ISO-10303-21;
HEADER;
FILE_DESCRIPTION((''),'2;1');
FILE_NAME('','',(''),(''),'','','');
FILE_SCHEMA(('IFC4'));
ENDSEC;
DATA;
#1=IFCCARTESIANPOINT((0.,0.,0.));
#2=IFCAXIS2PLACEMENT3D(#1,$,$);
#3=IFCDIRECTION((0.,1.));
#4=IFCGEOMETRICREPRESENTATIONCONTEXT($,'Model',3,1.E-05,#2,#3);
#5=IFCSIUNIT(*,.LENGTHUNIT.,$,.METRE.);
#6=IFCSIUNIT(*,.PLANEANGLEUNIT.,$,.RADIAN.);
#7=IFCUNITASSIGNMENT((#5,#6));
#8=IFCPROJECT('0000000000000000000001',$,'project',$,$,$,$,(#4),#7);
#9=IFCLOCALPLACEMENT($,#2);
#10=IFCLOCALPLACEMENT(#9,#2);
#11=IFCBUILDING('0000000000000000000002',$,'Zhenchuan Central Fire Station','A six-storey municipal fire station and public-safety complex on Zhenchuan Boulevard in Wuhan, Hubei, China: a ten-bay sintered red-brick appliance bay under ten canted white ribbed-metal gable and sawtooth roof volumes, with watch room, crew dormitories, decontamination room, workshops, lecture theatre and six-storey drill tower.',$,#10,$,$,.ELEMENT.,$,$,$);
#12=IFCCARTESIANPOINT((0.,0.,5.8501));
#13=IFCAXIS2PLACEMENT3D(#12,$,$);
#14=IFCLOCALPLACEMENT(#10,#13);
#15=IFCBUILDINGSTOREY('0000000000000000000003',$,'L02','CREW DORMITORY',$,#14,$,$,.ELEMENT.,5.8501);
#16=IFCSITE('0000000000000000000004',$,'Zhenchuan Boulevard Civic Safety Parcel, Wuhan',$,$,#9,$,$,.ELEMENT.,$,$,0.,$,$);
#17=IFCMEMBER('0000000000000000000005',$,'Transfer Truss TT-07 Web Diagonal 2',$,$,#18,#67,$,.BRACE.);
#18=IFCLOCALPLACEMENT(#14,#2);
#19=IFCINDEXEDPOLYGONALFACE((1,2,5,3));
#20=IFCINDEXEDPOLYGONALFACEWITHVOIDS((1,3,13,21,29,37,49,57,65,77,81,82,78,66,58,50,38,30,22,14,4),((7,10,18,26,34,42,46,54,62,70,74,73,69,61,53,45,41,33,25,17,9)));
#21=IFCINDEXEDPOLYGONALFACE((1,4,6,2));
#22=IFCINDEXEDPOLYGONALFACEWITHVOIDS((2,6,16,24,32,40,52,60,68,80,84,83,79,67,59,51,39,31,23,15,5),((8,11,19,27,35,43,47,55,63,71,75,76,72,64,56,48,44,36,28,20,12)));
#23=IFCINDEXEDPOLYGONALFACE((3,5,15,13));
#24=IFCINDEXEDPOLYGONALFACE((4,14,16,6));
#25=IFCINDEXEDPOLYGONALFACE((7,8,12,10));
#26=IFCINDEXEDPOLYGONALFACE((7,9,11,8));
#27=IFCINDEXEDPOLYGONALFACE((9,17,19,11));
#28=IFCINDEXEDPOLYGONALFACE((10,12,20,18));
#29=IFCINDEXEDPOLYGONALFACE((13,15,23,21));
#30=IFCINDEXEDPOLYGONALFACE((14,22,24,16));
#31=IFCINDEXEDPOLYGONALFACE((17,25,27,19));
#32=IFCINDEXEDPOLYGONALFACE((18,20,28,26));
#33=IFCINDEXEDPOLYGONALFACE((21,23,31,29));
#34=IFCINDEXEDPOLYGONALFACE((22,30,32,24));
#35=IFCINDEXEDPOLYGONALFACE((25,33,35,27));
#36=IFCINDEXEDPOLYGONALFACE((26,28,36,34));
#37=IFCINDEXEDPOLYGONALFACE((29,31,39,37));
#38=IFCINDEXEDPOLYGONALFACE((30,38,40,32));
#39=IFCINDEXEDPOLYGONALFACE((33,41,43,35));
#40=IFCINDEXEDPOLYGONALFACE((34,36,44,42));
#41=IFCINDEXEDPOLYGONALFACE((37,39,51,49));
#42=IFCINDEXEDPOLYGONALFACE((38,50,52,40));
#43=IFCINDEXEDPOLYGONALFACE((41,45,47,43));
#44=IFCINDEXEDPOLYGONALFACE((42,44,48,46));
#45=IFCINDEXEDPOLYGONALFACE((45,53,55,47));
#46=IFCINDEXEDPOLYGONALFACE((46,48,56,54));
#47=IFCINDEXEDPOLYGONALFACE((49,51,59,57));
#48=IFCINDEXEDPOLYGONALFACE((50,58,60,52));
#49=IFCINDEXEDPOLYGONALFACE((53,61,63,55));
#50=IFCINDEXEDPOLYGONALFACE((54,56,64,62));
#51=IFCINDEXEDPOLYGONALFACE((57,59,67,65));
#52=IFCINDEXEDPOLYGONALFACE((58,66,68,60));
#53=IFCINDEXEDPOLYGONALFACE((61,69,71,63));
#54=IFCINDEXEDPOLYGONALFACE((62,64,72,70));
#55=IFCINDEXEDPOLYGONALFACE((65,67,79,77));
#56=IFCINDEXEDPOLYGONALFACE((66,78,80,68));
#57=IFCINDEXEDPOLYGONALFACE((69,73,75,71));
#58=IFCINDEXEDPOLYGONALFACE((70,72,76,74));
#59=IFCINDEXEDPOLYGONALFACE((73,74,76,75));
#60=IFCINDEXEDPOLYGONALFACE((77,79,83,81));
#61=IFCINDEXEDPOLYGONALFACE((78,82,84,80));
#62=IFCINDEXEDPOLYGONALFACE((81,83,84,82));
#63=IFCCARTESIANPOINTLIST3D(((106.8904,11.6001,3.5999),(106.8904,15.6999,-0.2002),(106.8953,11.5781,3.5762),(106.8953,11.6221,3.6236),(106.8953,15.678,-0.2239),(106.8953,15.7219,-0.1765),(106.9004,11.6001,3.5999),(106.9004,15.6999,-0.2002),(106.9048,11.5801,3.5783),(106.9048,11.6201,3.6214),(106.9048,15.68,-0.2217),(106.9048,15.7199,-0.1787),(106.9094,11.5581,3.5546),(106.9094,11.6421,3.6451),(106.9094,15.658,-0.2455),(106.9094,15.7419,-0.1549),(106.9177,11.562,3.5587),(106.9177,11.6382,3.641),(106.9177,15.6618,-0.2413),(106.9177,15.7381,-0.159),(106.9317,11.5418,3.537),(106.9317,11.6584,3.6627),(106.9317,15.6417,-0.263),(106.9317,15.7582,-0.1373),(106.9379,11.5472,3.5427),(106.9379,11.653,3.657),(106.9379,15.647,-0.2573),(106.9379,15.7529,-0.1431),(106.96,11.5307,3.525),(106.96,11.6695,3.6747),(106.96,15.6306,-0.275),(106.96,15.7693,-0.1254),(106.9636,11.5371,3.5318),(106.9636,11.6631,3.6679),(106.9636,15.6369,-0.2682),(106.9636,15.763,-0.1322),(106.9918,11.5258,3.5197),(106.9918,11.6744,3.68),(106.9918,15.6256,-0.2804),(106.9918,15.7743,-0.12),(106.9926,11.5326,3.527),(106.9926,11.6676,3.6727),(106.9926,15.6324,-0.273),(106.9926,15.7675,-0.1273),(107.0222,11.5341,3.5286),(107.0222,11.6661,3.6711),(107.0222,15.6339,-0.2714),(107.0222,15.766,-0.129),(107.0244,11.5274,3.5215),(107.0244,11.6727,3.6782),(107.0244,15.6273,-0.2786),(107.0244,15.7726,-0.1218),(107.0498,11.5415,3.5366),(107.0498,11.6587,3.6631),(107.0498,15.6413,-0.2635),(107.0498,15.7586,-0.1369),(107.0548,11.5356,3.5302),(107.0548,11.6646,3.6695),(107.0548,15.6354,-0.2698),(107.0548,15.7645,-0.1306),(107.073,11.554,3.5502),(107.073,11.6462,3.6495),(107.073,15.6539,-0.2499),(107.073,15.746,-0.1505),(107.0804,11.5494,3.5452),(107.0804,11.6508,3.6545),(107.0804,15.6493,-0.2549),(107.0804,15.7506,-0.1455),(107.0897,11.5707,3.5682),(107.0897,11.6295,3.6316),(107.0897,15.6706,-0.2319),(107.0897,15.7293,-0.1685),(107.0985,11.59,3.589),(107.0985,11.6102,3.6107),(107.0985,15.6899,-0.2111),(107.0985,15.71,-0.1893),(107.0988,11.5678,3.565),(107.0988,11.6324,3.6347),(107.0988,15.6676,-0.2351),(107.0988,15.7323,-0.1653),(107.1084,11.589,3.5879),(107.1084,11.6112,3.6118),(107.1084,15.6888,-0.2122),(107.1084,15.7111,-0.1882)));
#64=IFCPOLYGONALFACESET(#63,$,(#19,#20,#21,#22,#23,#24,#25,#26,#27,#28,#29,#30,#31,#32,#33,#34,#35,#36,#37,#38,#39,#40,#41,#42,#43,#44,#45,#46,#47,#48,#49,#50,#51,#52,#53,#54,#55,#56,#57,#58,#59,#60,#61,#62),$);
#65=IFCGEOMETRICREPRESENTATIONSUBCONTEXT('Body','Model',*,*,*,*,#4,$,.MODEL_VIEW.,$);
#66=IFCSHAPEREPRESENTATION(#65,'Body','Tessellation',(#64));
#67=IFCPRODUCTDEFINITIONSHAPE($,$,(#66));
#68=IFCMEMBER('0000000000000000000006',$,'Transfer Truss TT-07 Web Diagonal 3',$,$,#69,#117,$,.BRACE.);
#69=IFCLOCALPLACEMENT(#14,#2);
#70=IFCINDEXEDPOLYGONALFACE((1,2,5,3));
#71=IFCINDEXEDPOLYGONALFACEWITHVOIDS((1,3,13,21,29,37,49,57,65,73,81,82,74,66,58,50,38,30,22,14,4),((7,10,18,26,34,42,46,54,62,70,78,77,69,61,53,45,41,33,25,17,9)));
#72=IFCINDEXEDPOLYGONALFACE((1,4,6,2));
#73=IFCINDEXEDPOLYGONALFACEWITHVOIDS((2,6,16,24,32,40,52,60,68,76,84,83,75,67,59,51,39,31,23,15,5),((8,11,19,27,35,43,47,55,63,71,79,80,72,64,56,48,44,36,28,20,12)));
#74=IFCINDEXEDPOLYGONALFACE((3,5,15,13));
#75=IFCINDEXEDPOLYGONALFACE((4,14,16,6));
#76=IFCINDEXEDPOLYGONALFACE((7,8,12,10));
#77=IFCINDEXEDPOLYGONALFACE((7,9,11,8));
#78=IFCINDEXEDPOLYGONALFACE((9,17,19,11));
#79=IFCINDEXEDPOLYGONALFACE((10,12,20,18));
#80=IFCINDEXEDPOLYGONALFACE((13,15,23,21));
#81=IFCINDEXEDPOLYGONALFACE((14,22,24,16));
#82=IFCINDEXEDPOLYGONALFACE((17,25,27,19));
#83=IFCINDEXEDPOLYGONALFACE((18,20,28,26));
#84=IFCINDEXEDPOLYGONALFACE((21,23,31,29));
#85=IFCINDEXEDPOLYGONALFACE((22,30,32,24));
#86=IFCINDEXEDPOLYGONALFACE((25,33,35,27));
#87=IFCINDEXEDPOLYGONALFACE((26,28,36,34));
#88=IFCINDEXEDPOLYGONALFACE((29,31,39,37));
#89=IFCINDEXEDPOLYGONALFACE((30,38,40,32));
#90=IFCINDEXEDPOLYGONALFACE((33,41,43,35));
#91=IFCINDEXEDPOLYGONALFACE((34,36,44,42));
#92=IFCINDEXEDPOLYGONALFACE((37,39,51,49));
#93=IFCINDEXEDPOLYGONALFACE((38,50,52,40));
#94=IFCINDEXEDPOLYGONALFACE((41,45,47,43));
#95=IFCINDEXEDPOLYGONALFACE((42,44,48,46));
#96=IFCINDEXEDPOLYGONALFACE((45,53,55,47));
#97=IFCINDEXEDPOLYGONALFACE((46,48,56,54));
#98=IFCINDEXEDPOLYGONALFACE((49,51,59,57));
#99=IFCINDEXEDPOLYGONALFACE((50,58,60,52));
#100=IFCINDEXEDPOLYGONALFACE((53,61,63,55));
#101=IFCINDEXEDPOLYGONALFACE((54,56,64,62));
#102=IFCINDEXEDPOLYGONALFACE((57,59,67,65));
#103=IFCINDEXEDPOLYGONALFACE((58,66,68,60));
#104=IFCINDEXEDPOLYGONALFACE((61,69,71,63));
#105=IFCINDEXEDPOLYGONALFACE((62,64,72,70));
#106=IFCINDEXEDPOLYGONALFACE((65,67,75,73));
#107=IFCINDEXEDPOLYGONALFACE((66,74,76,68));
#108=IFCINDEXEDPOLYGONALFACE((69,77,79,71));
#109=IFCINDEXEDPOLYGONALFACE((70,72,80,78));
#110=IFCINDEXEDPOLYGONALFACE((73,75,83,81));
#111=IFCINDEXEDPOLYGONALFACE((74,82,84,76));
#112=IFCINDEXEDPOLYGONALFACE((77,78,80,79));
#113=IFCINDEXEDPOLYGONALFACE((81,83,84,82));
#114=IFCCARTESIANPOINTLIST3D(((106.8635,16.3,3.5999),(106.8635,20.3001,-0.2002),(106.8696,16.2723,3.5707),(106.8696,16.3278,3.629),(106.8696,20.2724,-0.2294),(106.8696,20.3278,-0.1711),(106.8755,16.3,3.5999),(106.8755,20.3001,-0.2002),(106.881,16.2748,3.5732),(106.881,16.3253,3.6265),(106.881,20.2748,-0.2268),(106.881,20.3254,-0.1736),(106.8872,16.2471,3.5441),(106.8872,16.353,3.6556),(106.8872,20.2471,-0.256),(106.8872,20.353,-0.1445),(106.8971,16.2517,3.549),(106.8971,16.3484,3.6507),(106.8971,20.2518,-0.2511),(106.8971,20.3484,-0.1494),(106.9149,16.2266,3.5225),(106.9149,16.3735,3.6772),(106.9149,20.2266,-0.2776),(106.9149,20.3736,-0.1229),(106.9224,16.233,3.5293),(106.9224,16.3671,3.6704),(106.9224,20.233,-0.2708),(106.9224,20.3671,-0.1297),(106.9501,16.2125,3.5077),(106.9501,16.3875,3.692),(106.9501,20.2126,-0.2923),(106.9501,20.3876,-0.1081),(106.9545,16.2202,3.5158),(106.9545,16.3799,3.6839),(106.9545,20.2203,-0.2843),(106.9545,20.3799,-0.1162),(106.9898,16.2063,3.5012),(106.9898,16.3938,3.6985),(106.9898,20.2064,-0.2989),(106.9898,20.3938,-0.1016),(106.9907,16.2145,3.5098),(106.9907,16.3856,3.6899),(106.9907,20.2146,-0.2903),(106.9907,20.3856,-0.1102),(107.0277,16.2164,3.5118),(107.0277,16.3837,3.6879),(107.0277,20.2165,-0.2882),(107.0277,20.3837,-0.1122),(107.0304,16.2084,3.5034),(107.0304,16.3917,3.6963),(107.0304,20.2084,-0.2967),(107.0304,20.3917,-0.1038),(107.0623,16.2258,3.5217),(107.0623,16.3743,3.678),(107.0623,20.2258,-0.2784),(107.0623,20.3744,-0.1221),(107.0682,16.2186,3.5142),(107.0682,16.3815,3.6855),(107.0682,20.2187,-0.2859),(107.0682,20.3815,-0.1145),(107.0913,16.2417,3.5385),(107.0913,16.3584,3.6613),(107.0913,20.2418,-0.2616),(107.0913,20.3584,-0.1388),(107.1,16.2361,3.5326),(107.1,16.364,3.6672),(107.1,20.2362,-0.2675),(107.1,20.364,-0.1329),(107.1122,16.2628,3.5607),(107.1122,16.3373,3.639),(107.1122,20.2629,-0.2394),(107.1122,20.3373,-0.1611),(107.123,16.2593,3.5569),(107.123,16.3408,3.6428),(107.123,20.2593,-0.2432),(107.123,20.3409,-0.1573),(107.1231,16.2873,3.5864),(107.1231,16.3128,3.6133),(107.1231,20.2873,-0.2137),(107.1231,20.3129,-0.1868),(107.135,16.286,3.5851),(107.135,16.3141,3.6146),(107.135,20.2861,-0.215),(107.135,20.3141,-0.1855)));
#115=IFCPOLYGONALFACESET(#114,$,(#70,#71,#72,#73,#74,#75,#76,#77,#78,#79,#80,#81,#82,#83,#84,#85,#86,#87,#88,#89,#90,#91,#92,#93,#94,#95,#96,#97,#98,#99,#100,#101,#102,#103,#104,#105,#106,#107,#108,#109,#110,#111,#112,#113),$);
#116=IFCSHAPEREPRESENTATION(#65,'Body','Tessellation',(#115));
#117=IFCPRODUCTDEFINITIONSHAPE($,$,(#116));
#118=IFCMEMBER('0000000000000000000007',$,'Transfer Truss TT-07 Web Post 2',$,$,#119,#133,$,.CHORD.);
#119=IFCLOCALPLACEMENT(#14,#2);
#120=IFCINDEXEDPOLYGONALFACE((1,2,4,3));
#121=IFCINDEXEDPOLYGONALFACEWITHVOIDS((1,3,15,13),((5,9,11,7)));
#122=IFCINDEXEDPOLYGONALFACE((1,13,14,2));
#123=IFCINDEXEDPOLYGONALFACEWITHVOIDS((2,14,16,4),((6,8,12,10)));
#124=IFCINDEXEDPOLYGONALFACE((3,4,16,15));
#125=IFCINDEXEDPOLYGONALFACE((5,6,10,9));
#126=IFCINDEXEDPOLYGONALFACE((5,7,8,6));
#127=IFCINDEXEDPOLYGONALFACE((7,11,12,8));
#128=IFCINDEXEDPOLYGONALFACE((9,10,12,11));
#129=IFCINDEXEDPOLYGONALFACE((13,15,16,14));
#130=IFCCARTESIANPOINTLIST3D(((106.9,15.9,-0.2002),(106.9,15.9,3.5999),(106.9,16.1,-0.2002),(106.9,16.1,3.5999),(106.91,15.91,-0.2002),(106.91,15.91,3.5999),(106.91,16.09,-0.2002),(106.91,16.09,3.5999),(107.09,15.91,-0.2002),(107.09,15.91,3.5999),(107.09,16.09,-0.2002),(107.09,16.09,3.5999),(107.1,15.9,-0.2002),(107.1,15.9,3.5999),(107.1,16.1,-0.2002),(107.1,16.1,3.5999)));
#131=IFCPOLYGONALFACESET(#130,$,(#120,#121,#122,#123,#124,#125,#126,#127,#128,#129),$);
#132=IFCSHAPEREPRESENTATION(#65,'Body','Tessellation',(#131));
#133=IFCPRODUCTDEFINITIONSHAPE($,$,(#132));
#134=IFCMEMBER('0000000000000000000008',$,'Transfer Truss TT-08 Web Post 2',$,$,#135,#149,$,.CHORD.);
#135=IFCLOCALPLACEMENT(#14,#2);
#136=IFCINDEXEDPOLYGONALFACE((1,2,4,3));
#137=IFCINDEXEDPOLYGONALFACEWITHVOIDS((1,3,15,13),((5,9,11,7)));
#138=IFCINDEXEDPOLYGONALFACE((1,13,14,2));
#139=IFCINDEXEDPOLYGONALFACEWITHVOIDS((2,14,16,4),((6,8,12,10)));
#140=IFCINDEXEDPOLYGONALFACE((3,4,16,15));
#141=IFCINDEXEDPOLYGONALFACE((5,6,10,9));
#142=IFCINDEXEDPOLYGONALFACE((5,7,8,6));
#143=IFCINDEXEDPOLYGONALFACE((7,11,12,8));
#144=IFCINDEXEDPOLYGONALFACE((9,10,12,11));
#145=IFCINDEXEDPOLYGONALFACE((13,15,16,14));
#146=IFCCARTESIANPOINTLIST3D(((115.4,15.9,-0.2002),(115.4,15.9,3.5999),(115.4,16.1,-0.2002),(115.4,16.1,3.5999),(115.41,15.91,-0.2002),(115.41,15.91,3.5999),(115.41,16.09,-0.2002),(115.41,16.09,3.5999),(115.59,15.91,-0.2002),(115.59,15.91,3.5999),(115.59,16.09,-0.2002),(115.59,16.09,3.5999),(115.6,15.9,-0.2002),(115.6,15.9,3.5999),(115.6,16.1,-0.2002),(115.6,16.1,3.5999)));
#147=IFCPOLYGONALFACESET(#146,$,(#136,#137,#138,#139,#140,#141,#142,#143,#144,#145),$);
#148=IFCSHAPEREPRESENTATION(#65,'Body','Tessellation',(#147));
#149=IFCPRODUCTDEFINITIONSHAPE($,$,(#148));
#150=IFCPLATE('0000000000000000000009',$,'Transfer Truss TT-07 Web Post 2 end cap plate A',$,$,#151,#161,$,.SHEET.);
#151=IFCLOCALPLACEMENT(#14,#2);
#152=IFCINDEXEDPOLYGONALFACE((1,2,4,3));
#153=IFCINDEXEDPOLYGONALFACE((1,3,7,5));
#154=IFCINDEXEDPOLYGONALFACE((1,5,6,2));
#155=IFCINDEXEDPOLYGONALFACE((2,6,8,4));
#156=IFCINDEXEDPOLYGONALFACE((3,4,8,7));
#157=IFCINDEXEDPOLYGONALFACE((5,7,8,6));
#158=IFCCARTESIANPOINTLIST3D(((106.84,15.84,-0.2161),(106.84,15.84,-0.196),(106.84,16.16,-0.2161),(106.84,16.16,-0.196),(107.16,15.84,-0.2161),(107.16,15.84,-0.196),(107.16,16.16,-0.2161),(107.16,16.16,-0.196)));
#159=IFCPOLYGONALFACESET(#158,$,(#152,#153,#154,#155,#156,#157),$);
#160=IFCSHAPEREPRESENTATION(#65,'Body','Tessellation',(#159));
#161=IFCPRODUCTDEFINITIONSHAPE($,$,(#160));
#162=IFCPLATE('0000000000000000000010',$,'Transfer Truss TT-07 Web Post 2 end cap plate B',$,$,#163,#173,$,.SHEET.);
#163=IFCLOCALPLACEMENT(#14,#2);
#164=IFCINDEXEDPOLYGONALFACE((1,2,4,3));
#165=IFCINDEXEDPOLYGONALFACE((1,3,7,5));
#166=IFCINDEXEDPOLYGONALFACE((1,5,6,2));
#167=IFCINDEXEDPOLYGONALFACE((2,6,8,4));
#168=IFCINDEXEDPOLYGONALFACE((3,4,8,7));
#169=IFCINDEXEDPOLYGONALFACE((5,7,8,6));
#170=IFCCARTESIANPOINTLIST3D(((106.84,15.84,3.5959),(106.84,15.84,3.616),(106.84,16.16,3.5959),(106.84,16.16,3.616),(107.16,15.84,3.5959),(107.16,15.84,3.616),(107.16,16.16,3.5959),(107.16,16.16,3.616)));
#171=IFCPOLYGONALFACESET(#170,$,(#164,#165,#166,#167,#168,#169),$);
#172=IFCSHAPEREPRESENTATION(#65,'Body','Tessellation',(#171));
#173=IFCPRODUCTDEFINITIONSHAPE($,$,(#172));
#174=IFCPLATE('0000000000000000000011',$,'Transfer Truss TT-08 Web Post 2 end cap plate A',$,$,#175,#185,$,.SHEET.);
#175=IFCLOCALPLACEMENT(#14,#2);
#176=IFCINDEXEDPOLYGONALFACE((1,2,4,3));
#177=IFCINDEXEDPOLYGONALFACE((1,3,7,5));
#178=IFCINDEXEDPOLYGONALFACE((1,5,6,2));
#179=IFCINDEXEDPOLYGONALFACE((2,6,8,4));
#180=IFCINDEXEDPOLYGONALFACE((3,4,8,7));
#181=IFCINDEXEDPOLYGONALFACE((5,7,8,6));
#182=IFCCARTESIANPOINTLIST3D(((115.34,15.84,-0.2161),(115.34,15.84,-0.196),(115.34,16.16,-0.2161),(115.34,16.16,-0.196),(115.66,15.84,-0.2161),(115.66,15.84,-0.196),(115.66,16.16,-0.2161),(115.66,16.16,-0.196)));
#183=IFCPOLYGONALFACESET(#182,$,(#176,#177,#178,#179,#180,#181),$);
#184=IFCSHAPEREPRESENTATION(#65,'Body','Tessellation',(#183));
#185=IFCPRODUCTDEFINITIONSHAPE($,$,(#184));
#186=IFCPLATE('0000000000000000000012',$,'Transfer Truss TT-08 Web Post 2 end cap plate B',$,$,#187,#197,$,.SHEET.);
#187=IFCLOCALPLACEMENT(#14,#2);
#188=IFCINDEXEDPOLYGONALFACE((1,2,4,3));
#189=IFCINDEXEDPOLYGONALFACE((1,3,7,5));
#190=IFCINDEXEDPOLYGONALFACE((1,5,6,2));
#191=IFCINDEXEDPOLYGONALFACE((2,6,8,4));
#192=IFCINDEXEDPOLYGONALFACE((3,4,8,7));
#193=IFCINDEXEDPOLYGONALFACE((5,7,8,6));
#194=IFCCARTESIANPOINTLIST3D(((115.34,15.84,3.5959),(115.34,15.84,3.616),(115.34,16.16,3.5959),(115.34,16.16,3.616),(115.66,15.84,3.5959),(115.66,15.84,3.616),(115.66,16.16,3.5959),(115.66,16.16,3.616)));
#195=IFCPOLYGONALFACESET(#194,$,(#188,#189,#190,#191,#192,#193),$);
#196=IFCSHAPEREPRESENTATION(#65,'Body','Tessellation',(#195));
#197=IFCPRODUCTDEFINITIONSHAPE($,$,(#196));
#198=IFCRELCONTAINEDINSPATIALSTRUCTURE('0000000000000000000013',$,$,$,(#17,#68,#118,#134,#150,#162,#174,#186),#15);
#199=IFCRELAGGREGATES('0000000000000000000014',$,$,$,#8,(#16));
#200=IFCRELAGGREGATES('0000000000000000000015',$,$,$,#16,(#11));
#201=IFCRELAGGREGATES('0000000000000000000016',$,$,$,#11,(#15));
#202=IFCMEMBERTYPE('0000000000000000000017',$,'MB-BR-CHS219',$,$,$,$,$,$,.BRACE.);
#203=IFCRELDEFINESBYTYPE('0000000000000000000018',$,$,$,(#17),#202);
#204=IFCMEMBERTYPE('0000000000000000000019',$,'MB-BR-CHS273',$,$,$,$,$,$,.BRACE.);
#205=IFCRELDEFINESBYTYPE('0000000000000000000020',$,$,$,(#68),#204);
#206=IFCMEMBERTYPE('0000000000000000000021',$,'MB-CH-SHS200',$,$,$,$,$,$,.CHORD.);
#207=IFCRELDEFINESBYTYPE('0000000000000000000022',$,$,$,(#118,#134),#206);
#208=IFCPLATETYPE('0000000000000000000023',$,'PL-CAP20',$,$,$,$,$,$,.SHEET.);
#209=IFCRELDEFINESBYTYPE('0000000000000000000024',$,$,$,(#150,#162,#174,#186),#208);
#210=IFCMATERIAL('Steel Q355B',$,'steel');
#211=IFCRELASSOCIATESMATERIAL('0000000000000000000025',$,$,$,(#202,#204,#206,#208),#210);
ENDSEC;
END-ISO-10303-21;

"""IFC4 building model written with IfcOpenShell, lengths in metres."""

from ifc_helpers import new_model, si_unit, direction, frame, origin, origin_2d, place, context, subcontext, project, spatial, rectangle, hollow_rectangle, hollow_circle, extrude, material, material_profile, profile_set, type_object, element, save


model = new_model("IFC4")

# Units and contexts
model_context = context("Model", 3, precision=1e-05, world=origin(), true_north=direction((0.0, 1.0)))
body_context = subcontext(model_context, "Body", "Model", "MODEL_VIEW")
ifc_project = project(units=[si_unit("LENGTHUNIT", "METRE"), si_unit("PLANEANGLEUNIT", "RADIAN")], contexts=[model_context])

# Site, building, storey
site_placement = place(None, origin())
site = spatial("IfcSite", under=ifc_project, at=site_placement, Name="Zhenchuan Boulevard Civic Safety Parcel, Wuhan", CompositionType="ELEMENT", RefElevation=0.0)
building_placement = place(site_placement, origin())
building = spatial("IfcBuilding", under=site, at=building_placement, Name="Zhenchuan Central Fire Station", Description="A six-storey municipal fire station and public-safety complex on Zhenchuan Boulevard in Wuhan, Hubei, China: a ten-bay sintered red-brick appliance bay under ten canted white ribbed-metal gable and sawtooth roof volumes, with watch room, crew dormitories, decontamination room, workshops, lecture theatre and six-storey drill tower.", CompositionType="ELEMENT")
storey_placement = place(building_placement, frame((0.0, 0.0, 5.8501)))
storey = spatial("IfcBuildingStorey", under=building, at=storey_placement, Name="L02", Description="CREW DORMITORY", CompositionType="ELEMENT", Elevation=5.8501)

# Members
ifc_material_1 = material(Name="Steel Q355B", Category="steel")
ifc_material_profile_1 = material_profile(ifc_material_1, hollow_circle(Radius=0.1096, WallThickness=0.01, at=origin_2d()), Name="CHS 219.1x10")
ifc_profile_set_1 = profile_set([ifc_material_profile_1], Name="Steel Q355B")
member_type_1 = type_object("IfcMemberType", Name="MB-BR-CHS219", PredefinedType="BRACE", material=ifc_profile_set_1)
member_1_placement = place(storey_placement, frame((107.0, 11.6001, 3.5999), z_axis=(0.0, 0.733414, -0.679782), x_axis=(-1.0, 0.0, 0.0)))
element("IfcMember", 1, at=member_1_placement, inside=storey, type_object=member_type_1, Name="Transfer Truss TT-07 Web Diagonal 2", PredefinedType="BRACE", context=body_context, shape_type="SweptSolid", body=[
    extrude(hollow_circle(Radius=0.1096, WallThickness=0.01, at=origin_2d()), origin(), (0.0, 0.0, 1.0), 5.5901),
])
ifc_material_profile_2 = material_profile(ifc_material_1, hollow_circle(Radius=0.1365, WallThickness=0.012, at=origin_2d()), Name="CHS 273x12")
ifc_profile_set_2 = profile_set([ifc_material_profile_2], Name="Steel Q355B")
member_type_2 = type_object("IfcMemberType", Name="MB-BR-CHS273", PredefinedType="BRACE", material=ifc_profile_set_2)
member_2_placement = place(storey_placement, frame((107.0, 16.3, 3.5999), z_axis=(0.0, 0.724995, -0.688754), x_axis=(-1.0, 0.0, 0.0)))
element("IfcMember", 2, at=member_2_placement, inside=storey, type_object=member_type_2, Name="Transfer Truss TT-07 Web Diagonal 3", PredefinedType="BRACE", context=body_context, shape_type="SweptSolid", body=[
    extrude(hollow_circle(Radius=0.1365, WallThickness=0.012, at=origin_2d()), origin(), (0.0, 0.0, 1.0), 5.5173),
])
ifc_material_profile_3 = material_profile(ifc_material_1, hollow_rectangle(XDim=0.2, YDim=0.2, WallThickness=0.01, at=origin_2d()), Name="SHS 200x200x10")
ifc_profile_set_3 = profile_set([ifc_material_profile_3], Name="Steel Q355B")
member_type_3 = type_object("IfcMemberType", Name="MB-CH-SHS200", PredefinedType="CHORD", material=ifc_profile_set_3)
for number, where, z_axis, x_axis, name in (
    (3, (107.0, 16.0, -0.2002), (0.0, 0.0, 1.0), (1.0, 0.0, 0.0), "Transfer Truss TT-07 Web Post 2"),
    (4, (115.5, 16.0, -0.2002), (0.0, 0.0, 1.0), (1.0, 0.0, 0.0), "Transfer Truss TT-08 Web Post 2"),
):
    element("IfcMember", number, at=place(storey_placement, frame(where, z_axis=z_axis, x_axis=x_axis)), inside=storey, type_object=member_type_3, Name=name, PredefinedType="CHORD", context=body_context, shape_type="SweptSolid", body=[
        extrude(hollow_rectangle(XDim=0.2, YDim=0.2, WallThickness=0.01, at=origin_2d()), origin(), (0.0, 0.0, 1.0), 3.8),
    ])

# Plates
ifc_material_profile_4 = material_profile(ifc_material_1, rectangle(XDim=0.3201, YDim=0.3201, at=origin_2d()), Name="PL 320x320x20")
ifc_profile_set_4 = profile_set([ifc_material_profile_4], Name="Steel Q355B")
plate_type_1 = type_object("IfcPlateType", Name="PL-CAP20", PredefinedType="SHEET", material=ifc_profile_set_4)
for number, where, z_axis, x_axis, name in (
    (5, (107.0, 16.0, -0.2161), (0.0, 0.0, 1.0), (1.0, 0.0, 0.0), "Transfer Truss TT-07 Web Post 2 end cap plate A"),
    (6, (107.0, 16.0, 3.5959), (0.0, 0.0, 1.0), (1.0, 0.0, 0.0), "Transfer Truss TT-07 Web Post 2 end cap plate B"),
    (7, (115.5, 16.0, -0.2161), (0.0, 0.0, 1.0), (1.0, 0.0, 0.0), "Transfer Truss TT-08 Web Post 2 end cap plate A"),
    (8, (115.5, 16.0, 3.5959), (0.0, 0.0, 1.0), (1.0, 0.0, 0.0), "Transfer Truss TT-08 Web Post 2 end cap plate B"),
):
    element("IfcPlate", number, at=place(storey_placement, frame(where, z_axis=z_axis, x_axis=x_axis)), inside=storey, type_object=plate_type_1, Name=name, PredefinedType="SHEET", context=body_context, shape_type="SweptSolid", body=[
        extrude(rectangle(XDim=0.3201, YDim=0.3201, at=origin_2d()), origin(), (0.0, 0.0, 1.0), 0.02),
    ])

save(model, "model.ifc")
